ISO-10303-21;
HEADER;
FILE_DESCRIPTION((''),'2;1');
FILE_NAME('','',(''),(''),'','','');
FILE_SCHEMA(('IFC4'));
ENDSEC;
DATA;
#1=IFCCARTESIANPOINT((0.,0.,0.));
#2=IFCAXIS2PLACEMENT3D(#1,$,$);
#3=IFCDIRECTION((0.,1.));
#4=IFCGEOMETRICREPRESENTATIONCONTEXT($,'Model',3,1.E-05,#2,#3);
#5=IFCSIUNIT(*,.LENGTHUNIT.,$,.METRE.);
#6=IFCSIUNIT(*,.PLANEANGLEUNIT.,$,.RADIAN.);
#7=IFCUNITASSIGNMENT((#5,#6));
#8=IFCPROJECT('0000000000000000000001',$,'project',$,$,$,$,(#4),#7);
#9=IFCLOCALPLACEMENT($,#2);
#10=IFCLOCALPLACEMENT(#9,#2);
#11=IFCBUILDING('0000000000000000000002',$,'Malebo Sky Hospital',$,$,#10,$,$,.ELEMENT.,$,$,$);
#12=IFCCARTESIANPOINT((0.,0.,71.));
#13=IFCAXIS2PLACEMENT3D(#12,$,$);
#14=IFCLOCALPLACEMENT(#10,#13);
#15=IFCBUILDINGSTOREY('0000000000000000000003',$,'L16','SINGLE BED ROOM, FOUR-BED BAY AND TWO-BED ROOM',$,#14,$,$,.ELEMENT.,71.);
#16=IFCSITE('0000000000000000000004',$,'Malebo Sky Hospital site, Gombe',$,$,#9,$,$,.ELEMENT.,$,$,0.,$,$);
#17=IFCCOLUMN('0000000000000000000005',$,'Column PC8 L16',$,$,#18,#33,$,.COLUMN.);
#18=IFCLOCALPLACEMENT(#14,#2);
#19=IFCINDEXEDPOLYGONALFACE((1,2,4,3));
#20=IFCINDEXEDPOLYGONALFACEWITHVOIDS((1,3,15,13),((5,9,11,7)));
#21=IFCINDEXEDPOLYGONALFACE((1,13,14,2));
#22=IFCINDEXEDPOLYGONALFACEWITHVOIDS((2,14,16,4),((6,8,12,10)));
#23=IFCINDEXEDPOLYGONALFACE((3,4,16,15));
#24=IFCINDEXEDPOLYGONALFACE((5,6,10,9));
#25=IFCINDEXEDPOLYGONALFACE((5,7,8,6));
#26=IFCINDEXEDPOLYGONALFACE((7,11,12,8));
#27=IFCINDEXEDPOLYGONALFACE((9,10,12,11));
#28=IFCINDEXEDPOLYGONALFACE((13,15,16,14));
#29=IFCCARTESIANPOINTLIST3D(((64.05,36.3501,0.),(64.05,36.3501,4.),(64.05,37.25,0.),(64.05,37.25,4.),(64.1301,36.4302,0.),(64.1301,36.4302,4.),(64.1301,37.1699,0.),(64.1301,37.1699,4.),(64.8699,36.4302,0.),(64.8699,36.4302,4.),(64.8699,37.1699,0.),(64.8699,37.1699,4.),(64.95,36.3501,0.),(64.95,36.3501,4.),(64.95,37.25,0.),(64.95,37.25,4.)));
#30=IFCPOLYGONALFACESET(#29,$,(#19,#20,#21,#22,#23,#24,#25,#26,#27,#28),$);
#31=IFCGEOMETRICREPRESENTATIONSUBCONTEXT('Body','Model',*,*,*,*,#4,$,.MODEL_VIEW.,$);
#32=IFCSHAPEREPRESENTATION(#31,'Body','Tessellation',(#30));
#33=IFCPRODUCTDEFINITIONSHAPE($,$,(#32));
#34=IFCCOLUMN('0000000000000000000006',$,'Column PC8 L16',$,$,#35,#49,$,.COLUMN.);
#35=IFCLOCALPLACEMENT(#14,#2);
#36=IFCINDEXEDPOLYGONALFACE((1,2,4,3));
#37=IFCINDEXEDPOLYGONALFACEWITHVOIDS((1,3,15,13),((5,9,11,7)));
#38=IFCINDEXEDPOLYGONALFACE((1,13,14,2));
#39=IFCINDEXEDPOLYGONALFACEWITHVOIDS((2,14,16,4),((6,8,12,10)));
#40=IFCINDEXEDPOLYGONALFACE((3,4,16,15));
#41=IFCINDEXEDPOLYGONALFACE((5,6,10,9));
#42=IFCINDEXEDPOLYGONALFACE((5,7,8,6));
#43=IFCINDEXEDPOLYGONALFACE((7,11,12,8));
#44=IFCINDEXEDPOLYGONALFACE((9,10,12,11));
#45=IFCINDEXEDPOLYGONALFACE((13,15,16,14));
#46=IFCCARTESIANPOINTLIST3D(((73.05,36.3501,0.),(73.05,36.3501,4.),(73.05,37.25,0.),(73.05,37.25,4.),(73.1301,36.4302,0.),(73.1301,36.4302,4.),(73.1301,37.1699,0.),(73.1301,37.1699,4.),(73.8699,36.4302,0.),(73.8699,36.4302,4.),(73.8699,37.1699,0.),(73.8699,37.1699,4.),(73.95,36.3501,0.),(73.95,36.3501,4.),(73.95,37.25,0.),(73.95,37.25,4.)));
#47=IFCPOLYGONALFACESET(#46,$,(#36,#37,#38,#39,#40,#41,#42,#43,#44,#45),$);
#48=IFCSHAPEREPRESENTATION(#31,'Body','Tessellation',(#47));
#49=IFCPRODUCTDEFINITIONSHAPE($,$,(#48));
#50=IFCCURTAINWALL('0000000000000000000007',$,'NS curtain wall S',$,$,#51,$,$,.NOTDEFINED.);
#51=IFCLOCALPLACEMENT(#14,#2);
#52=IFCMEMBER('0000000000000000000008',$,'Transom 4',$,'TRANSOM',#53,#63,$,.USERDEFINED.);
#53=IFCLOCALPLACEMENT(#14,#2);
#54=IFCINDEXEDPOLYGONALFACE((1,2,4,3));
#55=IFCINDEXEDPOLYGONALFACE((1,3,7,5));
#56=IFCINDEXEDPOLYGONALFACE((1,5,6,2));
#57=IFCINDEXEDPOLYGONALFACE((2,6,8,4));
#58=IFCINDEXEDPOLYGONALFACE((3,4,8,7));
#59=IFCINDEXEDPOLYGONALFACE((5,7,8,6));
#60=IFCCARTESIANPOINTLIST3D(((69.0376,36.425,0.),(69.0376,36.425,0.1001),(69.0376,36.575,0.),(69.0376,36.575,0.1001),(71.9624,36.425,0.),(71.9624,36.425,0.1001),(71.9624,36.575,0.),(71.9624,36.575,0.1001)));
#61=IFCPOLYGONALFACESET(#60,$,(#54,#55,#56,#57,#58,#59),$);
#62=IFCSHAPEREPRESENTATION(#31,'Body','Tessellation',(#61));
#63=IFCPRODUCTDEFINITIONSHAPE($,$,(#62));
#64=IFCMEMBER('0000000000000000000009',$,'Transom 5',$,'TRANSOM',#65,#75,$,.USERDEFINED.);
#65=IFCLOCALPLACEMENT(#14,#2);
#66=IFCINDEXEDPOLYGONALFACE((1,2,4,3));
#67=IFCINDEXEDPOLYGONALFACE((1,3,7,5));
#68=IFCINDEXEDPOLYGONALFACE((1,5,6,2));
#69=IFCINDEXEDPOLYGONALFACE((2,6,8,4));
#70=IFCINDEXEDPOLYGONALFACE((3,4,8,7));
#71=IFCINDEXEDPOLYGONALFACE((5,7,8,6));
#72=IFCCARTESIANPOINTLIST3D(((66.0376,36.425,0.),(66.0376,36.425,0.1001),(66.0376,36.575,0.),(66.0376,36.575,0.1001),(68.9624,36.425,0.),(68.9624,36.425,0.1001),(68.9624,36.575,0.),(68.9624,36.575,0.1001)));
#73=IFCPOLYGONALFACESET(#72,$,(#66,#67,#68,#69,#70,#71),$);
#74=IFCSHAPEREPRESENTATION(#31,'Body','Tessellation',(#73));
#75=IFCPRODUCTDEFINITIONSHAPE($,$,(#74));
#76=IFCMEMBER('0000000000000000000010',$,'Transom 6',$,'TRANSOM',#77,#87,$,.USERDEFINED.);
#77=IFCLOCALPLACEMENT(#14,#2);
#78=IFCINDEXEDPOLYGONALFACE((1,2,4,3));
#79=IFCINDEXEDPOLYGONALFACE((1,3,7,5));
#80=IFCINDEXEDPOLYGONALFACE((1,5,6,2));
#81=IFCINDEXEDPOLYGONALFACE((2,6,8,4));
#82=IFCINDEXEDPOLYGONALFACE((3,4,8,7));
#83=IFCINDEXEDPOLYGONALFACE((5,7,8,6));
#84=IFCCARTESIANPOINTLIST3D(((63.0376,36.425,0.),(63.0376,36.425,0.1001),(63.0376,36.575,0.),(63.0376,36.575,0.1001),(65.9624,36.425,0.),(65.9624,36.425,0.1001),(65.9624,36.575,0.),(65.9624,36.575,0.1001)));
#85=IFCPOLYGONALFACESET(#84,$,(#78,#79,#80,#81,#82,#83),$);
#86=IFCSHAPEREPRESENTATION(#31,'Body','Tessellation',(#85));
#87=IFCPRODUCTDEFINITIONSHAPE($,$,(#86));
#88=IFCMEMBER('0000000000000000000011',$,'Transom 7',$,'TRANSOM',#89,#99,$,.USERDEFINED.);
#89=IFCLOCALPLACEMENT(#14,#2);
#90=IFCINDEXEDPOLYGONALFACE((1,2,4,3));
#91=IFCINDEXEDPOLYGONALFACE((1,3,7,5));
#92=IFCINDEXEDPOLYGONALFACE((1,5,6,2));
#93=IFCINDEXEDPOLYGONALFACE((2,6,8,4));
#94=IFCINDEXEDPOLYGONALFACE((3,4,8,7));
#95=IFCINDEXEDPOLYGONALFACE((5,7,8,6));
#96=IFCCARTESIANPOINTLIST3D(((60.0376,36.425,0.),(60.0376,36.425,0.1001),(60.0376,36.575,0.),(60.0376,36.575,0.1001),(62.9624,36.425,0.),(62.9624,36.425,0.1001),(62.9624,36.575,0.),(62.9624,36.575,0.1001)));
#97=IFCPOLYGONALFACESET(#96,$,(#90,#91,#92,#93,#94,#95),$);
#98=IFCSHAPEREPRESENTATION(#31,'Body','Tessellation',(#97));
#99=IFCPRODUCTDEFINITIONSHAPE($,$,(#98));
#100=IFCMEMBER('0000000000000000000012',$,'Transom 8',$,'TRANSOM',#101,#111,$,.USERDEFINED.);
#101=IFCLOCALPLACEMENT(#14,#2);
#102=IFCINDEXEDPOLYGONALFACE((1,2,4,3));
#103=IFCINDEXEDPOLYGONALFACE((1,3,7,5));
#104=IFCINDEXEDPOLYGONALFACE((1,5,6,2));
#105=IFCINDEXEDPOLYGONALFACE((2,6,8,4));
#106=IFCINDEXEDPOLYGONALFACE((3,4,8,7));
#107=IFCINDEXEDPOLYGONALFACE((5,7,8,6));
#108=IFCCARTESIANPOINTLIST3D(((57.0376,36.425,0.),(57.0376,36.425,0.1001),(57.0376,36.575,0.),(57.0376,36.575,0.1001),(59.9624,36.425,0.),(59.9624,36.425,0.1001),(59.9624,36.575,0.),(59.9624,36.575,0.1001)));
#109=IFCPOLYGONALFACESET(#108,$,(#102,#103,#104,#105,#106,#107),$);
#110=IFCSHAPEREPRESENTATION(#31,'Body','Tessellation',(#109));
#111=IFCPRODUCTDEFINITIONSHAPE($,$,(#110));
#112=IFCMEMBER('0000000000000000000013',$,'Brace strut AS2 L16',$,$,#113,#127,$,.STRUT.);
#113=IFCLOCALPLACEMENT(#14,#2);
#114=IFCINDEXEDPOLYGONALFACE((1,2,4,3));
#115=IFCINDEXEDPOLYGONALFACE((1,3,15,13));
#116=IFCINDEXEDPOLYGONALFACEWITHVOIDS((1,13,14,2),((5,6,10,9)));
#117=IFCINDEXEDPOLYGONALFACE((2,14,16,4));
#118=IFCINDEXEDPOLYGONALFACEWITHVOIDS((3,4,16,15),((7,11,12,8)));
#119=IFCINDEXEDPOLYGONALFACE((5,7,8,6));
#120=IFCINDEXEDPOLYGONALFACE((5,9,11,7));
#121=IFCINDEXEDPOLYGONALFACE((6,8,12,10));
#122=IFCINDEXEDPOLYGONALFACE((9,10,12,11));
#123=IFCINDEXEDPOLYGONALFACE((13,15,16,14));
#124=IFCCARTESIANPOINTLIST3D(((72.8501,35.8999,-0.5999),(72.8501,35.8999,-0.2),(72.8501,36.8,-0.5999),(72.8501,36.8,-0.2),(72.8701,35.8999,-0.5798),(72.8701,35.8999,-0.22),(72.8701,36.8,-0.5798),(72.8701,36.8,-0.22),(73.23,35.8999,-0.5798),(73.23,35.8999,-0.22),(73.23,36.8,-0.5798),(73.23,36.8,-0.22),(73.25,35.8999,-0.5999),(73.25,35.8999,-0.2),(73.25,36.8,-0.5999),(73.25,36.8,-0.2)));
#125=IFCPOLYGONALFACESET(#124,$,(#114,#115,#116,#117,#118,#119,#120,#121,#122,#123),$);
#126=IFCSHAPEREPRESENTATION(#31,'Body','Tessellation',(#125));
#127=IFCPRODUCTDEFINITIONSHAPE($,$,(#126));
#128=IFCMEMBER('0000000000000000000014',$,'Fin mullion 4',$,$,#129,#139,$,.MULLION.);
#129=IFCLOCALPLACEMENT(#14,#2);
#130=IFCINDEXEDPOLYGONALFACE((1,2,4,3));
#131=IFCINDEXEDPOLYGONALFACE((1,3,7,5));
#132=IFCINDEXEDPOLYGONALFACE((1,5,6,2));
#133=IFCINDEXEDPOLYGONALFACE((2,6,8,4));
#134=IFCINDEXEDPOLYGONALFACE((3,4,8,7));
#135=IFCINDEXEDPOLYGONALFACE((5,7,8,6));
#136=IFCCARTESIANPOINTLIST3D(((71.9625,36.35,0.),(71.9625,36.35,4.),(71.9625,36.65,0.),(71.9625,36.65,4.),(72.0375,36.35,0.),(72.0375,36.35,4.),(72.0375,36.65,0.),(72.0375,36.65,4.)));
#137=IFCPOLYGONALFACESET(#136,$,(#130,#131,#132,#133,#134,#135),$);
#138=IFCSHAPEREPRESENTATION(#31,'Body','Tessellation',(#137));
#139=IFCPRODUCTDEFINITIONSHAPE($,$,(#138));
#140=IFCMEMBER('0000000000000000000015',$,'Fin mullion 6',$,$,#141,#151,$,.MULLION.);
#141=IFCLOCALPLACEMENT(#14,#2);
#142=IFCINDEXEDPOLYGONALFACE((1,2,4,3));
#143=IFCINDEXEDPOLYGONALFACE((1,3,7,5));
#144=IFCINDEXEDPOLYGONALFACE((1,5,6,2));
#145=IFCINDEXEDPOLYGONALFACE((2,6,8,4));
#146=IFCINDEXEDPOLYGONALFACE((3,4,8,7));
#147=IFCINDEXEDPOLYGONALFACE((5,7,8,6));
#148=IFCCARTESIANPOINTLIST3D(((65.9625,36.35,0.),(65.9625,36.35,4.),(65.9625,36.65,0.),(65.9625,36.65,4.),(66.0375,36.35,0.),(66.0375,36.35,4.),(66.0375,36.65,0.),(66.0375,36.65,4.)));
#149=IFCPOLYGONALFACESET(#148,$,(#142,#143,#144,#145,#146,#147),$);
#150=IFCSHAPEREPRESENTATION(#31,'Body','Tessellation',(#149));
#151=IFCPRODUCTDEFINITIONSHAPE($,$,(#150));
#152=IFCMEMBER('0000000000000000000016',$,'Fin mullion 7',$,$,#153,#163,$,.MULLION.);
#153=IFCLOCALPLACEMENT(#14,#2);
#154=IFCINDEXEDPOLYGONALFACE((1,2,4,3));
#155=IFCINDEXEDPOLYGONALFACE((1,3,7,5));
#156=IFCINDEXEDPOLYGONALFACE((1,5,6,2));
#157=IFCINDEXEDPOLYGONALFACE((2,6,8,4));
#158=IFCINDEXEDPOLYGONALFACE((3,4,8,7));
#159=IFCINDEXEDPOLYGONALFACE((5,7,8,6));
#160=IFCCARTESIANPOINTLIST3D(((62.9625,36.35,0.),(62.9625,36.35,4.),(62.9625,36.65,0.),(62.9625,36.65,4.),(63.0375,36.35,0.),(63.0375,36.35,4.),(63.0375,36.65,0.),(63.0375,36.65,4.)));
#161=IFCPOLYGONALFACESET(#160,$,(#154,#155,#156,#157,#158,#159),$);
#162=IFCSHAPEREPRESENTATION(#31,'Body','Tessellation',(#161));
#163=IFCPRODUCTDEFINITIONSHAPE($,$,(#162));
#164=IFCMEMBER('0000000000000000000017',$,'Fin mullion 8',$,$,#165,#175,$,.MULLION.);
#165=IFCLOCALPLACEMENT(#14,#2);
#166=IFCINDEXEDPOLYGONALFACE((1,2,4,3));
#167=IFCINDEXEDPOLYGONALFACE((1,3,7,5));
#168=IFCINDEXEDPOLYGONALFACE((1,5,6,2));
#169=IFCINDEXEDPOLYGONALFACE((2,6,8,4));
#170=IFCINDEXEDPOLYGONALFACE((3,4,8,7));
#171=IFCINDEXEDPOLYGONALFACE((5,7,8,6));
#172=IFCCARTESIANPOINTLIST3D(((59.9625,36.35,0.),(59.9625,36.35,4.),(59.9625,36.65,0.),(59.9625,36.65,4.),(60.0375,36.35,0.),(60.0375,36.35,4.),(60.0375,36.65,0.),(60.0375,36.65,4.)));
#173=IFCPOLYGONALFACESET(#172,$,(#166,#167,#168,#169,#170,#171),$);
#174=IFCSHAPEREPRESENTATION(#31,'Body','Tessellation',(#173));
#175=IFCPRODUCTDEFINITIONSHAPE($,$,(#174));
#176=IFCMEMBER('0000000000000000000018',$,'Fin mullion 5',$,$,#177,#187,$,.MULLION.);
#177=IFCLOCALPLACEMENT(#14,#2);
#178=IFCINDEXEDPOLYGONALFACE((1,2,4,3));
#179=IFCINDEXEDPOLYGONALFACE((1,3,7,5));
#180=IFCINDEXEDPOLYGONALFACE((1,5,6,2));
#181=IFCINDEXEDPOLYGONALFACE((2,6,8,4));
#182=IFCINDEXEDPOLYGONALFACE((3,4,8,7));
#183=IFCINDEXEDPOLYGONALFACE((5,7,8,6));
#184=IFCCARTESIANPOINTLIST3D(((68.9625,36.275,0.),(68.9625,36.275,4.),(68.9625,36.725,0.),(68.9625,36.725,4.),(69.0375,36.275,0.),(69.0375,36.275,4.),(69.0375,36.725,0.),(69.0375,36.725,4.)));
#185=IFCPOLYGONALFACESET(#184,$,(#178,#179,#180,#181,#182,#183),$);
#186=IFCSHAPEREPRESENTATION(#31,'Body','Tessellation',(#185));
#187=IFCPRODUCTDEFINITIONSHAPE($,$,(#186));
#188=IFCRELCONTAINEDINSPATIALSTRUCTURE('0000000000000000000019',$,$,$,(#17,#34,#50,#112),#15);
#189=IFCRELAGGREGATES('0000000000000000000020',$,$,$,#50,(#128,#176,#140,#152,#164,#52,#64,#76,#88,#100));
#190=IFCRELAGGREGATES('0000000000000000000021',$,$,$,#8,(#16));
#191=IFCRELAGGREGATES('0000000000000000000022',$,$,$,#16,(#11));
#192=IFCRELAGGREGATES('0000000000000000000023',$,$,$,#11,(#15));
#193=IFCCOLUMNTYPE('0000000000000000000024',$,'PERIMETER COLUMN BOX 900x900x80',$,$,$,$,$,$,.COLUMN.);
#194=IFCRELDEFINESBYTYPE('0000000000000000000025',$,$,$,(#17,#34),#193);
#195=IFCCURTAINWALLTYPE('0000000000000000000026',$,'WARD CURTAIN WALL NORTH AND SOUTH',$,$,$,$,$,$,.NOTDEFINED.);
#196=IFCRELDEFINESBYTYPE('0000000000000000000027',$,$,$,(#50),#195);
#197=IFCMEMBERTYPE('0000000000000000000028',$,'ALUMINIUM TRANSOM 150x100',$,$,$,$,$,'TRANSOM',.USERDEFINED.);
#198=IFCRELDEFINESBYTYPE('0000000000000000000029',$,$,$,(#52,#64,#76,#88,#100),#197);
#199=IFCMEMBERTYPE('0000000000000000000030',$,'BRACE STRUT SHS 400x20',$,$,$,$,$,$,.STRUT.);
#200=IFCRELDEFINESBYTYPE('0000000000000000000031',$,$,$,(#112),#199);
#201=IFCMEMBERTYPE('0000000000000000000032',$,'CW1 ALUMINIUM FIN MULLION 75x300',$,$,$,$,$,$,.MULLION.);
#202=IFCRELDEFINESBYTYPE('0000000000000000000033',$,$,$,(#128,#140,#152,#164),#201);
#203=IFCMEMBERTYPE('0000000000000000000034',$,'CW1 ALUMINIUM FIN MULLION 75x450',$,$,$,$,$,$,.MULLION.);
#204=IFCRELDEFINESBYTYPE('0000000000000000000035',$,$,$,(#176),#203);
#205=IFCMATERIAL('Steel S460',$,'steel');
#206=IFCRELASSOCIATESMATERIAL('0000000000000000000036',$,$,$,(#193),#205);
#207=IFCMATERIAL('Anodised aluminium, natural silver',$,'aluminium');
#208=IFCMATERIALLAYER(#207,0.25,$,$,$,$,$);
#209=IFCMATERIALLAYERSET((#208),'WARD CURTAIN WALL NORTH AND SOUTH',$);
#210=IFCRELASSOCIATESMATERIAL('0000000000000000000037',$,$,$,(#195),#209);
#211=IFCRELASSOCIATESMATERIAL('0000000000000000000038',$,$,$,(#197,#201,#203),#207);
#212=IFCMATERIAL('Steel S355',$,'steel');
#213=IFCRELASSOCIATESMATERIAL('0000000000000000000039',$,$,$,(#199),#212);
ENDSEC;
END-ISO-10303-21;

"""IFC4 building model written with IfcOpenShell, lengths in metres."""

from ifc_helpers import new_model, si_unit, direction, frame, origin, origin_2d, place, context, subcontext, project, spatial, rectangle, hollow_rectangle, extrude, material, layer, layer_set, material_profile, profile_set, type_object, element, aggregate, save


model = new_model("IFC4")

# Units and contexts
model_context = context("Model", 3, precision=1e-05, world=origin(), true_north=direction((0.0, 1.0)))
body_context = subcontext(model_context, "Body", "Model", "MODEL_VIEW")
ifc_project = project(units=[si_unit("LENGTHUNIT", "METRE"), si_unit("PLANEANGLEUNIT", "RADIAN")], contexts=[model_context])

# Site, building, storey
site_placement = place(None, origin())
site = spatial("IfcSite", under=ifc_project, at=site_placement, Name="Malebo Sky Hospital site, Gombe", CompositionType="ELEMENT", RefElevation=0.0)
building_placement = place(site_placement, origin())
building = spatial("IfcBuilding", under=site, at=building_placement, Name="Malebo Sky Hospital", CompositionType="ELEMENT")
storey_placement = place(building_placement, frame((0.0, 0.0, 71.0)))
storey = spatial("IfcBuildingStorey", under=building, at=storey_placement, Name="L16", Description="SINGLE BED ROOM, FOUR-BED BAY AND TWO-BED ROOM", CompositionType="ELEMENT", Elevation=71.0)

# Columns
ifc_material_1 = material(Name="Steel S460", Category="steel")
ifc_material_profile_1 = material_profile(ifc_material_1, hollow_rectangle(XDim=0.8999, YDim=0.8999, WallThickness=0.0801, at=origin_2d()), Name="BOX 900x900x80")
ifc_profile_set_1 = profile_set([ifc_material_profile_1], Name="Steel S460")
column_type = type_object("IfcColumnType", Name="PERIMETER COLUMN BOX 900x900x80", PredefinedType="COLUMN", material=ifc_profile_set_1)
for number, where, z_axis, x_axis, name in (
    (1, (64.5, 36.8, 0.0), (0.0, 0.0, 1.0), (1.0, 0.0, 0.0), "Column PC8 L16"),
    (2, (73.5, 36.8, 0.0), (0.0, 0.0, 1.0), (1.0, 0.0, 0.0), "Column PC8 L16"),
):
    element("IfcColumn", number, at=place(storey_placement, frame(where, z_axis=z_axis, x_axis=x_axis)), inside=storey, type_object=column_type, Name=name, PredefinedType="COLUMN", context=body_context, shape_type="SweptSolid", body=[
        extrude(hollow_rectangle(XDim=0.8999, YDim=0.8999, WallThickness=0.0801, at=origin_2d()), origin(), (0.0, 0.0, 1.0), 4.0),
    ])

# Curtain wall, members
ifc_material_2 = material(Name="Anodised aluminium, natural silver", Category="aluminium")
ifc_layer_1 = layer(ifc_material_2, 0.25)
ifc_layer_set_1 = layer_set([ifc_layer_1], Name="WARD CURTAIN WALL NORTH AND SOUTH")
curtain_wall_type = type_object("IfcCurtainWallType", Name="WARD CURTAIN WALL NORTH AND SOUTH", PredefinedType="NOTDEFINED", material=ifc_layer_set_1)
curtain_wall_placement = place(storey_placement, origin())
curtain_wall = element("IfcCurtainWall", 3, at=curtain_wall_placement, inside=storey, type_object=curtain_wall_type, Name="NS curtain wall S", PredefinedType="NOTDEFINED")
ifc_material_profile_2 = material_profile(ifc_material_2, rectangle(XDim=0.1499, YDim=0.1001, at=origin_2d()), Name="ALUMINIUM TRANSOM 150x100")
ifc_profile_set_2 = profile_set([ifc_material_profile_2], Name="Anodised aluminium, natural silver")
member_type_1 = type_object("IfcMemberType", Name="ALUMINIUM TRANSOM 150x100", ElementType="TRANSOM", PredefinedType="USERDEFINED", material=ifc_profile_set_2)
member_1_placement = place(storey_placement, frame((71.9624, 36.5, 0.05), z_axis=(-1.0, 0.0, 0.0), x_axis=(0.0, -1.0, 0.0)))
member_1 = element("IfcMember", 4, at=member_1_placement, type_object=member_type_1, Name="Transom 4", ObjectType="TRANSOM", PredefinedType="USERDEFINED", context=body_context, shape_type="SweptSolid", body=[
    extrude(rectangle(XDim=0.1499, YDim=0.1001, at=origin_2d()), origin(), (0.0, 0.0, 1.0), 2.9248),
])
member_2_placement = place(storey_placement, frame((68.9624, 36.5, 0.05), z_axis=(-1.0, 0.0, 0.0), x_axis=(0.0, -1.0, 0.0)))
member_2 = element("IfcMember", 5, at=member_2_placement, type_object=member_type_1, Name="Transom 5", ObjectType="TRANSOM", PredefinedType="USERDEFINED", context=body_context, shape_type="SweptSolid", body=[
    extrude(rectangle(XDim=0.1499, YDim=0.1001, at=origin_2d()), origin(), (0.0, 0.0, 1.0), 2.9248),
])
member_3_placement = place(storey_placement, frame((65.9624, 36.5, 0.05), z_axis=(-1.0, 0.0, 0.0), x_axis=(0.0, -1.0, 0.0)))
member_3 = element("IfcMember", 6, at=member_3_placement, type_object=member_type_1, Name="Transom 6", ObjectType="TRANSOM", PredefinedType="USERDEFINED", context=body_context, shape_type="SweptSolid", body=[
    extrude(rectangle(XDim=0.1499, YDim=0.1001, at=origin_2d()), origin(), (0.0, 0.0, 1.0), 2.9248),
])
member_4_placement = place(storey_placement, frame((62.9624, 36.5, 0.05), z_axis=(-1.0, 0.0, 0.0), x_axis=(0.0, -1.0, 0.0)))
member_4 = element("IfcMember", 7, at=member_4_placement, type_object=member_type_1, Name="Transom 7", ObjectType="TRANSOM", PredefinedType="USERDEFINED", context=body_context, shape_type="SweptSolid", body=[
    extrude(rectangle(XDim=0.1499, YDim=0.1001, at=origin_2d()), origin(), (0.0, 0.0, 1.0), 2.9248),
])
member_5_placement = place(storey_placement, frame((59.9624, 36.5, 0.05), z_axis=(-1.0, 0.0, 0.0), x_axis=(0.0, -1.0, 0.0)))
member_5 = element("IfcMember", 8, at=member_5_placement, type_object=member_type_1, Name="Transom 8", ObjectType="TRANSOM", PredefinedType="USERDEFINED", context=body_context, shape_type="SweptSolid", body=[
    extrude(rectangle(XDim=0.1499, YDim=0.1001, at=origin_2d()), origin(), (0.0, 0.0, 1.0), 2.9248),
])

# Members
ifc_material_3 = material(Name="Steel S355", Category="steel")
ifc_material_profile_3 = material_profile(ifc_material_3, hollow_rectangle(XDim=0.3999, YDim=0.3999, WallThickness=0.02, at=origin_2d()), Name="SHS 400x20")
ifc_profile_set_3 = profile_set([ifc_material_profile_3], Name="Steel S355")
member_type_2 = type_object("IfcMemberType", Name="BRACE STRUT SHS 400x20", PredefinedType="STRUT", material=ifc_profile_set_3)
member_6_placement = place(storey_placement, frame((73.05, 35.8999, -0.3999), z_axis=(0.0, 1.0, 0.0), x_axis=(-1.0, 0.0, 0.0)))
element("IfcMember", 9, at=member_6_placement, inside=storey, type_object=member_type_2, Name="Brace strut AS2 L16", PredefinedType="STRUT", context=body_context, shape_type="SweptSolid", body=[
    extrude(hollow_rectangle(XDim=0.3999, YDim=0.3999, WallThickness=0.02, at=origin_2d()), origin(), (0.0, 0.0, 1.0), 0.9001),
])
ifc_material_profile_4 = material_profile(ifc_material_2, rectangle(XDim=0.075, YDim=0.3, at=origin_2d()), Name="CW1 ALUMINIUM FIN MULLION 75x300")
ifc_profile_set_4 = profile_set([ifc_material_profile_4], Name="Anodised aluminium, natural silver")
member_type_3 = type_object("IfcMemberType", Name="CW1 ALUMINIUM FIN MULLION 75x300", PredefinedType="MULLION", material=ifc_profile_set_4)
member_7_placement = place(storey_placement, frame((72.0, 36.5, 0.0), z_axis=(0.0, 0.0, 1.0), x_axis=(-1.0, 0.0, 0.0)))
member_7 = element("IfcMember", 10, at=member_7_placement, type_object=member_type_3, Name="Fin mullion 4", PredefinedType="MULLION", context=body_context, shape_type="SweptSolid", body=[
    extrude(rectangle(XDim=0.075, YDim=0.3, at=origin_2d()), origin(), (0.0, 0.0, 1.0), 4.0),
])
member_8_placement = place(storey_placement, frame((66.0, 36.5, 0.0), z_axis=(0.0, 0.0, 1.0), x_axis=(-1.0, 0.0, 0.0)))
member_8 = element("IfcMember", 11, at=member_8_placement, type_object=member_type_3, Name="Fin mullion 6", PredefinedType="MULLION", context=body_context, shape_type="SweptSolid", body=[
    extrude(rectangle(XDim=0.075, YDim=0.3, at=origin_2d()), origin(), (0.0, 0.0, 1.0), 4.0),
])
member_9_placement = place(storey_placement, frame((63.0, 36.5, 0.0), z_axis=(0.0, 0.0, 1.0), x_axis=(-1.0, 0.0, 0.0)))
member_9 = element("IfcMember", 12, at=member_9_placement, type_object=member_type_3, Name="Fin mullion 7", PredefinedType="MULLION", context=body_context, shape_type="SweptSolid", body=[
    extrude(rectangle(XDim=0.075, YDim=0.3, at=origin_2d()), origin(), (0.0, 0.0, 1.0), 4.0),
])
member_10_placement = place(storey_placement, frame((60.0, 36.5, 0.0), z_axis=(0.0, 0.0, 1.0), x_axis=(-1.0, 0.0, 0.0)))
member_10 = element("IfcMember", 13, at=member_10_placement, type_object=member_type_3, Name="Fin mullion 8", PredefinedType="MULLION", context=body_context, shape_type="SweptSolid", body=[
    extrude(rectangle(XDim=0.075, YDim=0.3, at=origin_2d()), origin(), (0.0, 0.0, 1.0), 4.0),
])
ifc_material_profile_5 = material_profile(ifc_material_2, rectangle(XDim=0.075, YDim=0.45, at=origin_2d()), Name="CW1 ALUMINIUM FIN MULLION 75x450")
ifc_profile_set_5 = profile_set([ifc_material_profile_5], Name="Anodised aluminium, natural silver")
member_type_4 = type_object("IfcMemberType", Name="CW1 ALUMINIUM FIN MULLION 75x450", PredefinedType="MULLION", material=ifc_profile_set_5)
member_11_placement = place(storey_placement, frame((69.0, 36.5, 0.0), z_axis=(0.0, 0.0, 1.0), x_axis=(-1.0, 0.0, 0.0)))
member_11 = element("IfcMember", 14, at=member_11_placement, type_object=member_type_4, Name="Fin mullion 5", PredefinedType="MULLION", context=body_context, shape_type="SweptSolid", body=[
    extrude(rectangle(XDim=0.075, YDim=0.45, at=origin_2d()), origin(), (0.0, 0.0, 1.0), 4.0),
])

aggregate(curtain_wall, [member_7, member_11, member_8, member_9, member_10, member_1, member_2, member_3, member_4, member_5])

save(model, "model.ifc")
